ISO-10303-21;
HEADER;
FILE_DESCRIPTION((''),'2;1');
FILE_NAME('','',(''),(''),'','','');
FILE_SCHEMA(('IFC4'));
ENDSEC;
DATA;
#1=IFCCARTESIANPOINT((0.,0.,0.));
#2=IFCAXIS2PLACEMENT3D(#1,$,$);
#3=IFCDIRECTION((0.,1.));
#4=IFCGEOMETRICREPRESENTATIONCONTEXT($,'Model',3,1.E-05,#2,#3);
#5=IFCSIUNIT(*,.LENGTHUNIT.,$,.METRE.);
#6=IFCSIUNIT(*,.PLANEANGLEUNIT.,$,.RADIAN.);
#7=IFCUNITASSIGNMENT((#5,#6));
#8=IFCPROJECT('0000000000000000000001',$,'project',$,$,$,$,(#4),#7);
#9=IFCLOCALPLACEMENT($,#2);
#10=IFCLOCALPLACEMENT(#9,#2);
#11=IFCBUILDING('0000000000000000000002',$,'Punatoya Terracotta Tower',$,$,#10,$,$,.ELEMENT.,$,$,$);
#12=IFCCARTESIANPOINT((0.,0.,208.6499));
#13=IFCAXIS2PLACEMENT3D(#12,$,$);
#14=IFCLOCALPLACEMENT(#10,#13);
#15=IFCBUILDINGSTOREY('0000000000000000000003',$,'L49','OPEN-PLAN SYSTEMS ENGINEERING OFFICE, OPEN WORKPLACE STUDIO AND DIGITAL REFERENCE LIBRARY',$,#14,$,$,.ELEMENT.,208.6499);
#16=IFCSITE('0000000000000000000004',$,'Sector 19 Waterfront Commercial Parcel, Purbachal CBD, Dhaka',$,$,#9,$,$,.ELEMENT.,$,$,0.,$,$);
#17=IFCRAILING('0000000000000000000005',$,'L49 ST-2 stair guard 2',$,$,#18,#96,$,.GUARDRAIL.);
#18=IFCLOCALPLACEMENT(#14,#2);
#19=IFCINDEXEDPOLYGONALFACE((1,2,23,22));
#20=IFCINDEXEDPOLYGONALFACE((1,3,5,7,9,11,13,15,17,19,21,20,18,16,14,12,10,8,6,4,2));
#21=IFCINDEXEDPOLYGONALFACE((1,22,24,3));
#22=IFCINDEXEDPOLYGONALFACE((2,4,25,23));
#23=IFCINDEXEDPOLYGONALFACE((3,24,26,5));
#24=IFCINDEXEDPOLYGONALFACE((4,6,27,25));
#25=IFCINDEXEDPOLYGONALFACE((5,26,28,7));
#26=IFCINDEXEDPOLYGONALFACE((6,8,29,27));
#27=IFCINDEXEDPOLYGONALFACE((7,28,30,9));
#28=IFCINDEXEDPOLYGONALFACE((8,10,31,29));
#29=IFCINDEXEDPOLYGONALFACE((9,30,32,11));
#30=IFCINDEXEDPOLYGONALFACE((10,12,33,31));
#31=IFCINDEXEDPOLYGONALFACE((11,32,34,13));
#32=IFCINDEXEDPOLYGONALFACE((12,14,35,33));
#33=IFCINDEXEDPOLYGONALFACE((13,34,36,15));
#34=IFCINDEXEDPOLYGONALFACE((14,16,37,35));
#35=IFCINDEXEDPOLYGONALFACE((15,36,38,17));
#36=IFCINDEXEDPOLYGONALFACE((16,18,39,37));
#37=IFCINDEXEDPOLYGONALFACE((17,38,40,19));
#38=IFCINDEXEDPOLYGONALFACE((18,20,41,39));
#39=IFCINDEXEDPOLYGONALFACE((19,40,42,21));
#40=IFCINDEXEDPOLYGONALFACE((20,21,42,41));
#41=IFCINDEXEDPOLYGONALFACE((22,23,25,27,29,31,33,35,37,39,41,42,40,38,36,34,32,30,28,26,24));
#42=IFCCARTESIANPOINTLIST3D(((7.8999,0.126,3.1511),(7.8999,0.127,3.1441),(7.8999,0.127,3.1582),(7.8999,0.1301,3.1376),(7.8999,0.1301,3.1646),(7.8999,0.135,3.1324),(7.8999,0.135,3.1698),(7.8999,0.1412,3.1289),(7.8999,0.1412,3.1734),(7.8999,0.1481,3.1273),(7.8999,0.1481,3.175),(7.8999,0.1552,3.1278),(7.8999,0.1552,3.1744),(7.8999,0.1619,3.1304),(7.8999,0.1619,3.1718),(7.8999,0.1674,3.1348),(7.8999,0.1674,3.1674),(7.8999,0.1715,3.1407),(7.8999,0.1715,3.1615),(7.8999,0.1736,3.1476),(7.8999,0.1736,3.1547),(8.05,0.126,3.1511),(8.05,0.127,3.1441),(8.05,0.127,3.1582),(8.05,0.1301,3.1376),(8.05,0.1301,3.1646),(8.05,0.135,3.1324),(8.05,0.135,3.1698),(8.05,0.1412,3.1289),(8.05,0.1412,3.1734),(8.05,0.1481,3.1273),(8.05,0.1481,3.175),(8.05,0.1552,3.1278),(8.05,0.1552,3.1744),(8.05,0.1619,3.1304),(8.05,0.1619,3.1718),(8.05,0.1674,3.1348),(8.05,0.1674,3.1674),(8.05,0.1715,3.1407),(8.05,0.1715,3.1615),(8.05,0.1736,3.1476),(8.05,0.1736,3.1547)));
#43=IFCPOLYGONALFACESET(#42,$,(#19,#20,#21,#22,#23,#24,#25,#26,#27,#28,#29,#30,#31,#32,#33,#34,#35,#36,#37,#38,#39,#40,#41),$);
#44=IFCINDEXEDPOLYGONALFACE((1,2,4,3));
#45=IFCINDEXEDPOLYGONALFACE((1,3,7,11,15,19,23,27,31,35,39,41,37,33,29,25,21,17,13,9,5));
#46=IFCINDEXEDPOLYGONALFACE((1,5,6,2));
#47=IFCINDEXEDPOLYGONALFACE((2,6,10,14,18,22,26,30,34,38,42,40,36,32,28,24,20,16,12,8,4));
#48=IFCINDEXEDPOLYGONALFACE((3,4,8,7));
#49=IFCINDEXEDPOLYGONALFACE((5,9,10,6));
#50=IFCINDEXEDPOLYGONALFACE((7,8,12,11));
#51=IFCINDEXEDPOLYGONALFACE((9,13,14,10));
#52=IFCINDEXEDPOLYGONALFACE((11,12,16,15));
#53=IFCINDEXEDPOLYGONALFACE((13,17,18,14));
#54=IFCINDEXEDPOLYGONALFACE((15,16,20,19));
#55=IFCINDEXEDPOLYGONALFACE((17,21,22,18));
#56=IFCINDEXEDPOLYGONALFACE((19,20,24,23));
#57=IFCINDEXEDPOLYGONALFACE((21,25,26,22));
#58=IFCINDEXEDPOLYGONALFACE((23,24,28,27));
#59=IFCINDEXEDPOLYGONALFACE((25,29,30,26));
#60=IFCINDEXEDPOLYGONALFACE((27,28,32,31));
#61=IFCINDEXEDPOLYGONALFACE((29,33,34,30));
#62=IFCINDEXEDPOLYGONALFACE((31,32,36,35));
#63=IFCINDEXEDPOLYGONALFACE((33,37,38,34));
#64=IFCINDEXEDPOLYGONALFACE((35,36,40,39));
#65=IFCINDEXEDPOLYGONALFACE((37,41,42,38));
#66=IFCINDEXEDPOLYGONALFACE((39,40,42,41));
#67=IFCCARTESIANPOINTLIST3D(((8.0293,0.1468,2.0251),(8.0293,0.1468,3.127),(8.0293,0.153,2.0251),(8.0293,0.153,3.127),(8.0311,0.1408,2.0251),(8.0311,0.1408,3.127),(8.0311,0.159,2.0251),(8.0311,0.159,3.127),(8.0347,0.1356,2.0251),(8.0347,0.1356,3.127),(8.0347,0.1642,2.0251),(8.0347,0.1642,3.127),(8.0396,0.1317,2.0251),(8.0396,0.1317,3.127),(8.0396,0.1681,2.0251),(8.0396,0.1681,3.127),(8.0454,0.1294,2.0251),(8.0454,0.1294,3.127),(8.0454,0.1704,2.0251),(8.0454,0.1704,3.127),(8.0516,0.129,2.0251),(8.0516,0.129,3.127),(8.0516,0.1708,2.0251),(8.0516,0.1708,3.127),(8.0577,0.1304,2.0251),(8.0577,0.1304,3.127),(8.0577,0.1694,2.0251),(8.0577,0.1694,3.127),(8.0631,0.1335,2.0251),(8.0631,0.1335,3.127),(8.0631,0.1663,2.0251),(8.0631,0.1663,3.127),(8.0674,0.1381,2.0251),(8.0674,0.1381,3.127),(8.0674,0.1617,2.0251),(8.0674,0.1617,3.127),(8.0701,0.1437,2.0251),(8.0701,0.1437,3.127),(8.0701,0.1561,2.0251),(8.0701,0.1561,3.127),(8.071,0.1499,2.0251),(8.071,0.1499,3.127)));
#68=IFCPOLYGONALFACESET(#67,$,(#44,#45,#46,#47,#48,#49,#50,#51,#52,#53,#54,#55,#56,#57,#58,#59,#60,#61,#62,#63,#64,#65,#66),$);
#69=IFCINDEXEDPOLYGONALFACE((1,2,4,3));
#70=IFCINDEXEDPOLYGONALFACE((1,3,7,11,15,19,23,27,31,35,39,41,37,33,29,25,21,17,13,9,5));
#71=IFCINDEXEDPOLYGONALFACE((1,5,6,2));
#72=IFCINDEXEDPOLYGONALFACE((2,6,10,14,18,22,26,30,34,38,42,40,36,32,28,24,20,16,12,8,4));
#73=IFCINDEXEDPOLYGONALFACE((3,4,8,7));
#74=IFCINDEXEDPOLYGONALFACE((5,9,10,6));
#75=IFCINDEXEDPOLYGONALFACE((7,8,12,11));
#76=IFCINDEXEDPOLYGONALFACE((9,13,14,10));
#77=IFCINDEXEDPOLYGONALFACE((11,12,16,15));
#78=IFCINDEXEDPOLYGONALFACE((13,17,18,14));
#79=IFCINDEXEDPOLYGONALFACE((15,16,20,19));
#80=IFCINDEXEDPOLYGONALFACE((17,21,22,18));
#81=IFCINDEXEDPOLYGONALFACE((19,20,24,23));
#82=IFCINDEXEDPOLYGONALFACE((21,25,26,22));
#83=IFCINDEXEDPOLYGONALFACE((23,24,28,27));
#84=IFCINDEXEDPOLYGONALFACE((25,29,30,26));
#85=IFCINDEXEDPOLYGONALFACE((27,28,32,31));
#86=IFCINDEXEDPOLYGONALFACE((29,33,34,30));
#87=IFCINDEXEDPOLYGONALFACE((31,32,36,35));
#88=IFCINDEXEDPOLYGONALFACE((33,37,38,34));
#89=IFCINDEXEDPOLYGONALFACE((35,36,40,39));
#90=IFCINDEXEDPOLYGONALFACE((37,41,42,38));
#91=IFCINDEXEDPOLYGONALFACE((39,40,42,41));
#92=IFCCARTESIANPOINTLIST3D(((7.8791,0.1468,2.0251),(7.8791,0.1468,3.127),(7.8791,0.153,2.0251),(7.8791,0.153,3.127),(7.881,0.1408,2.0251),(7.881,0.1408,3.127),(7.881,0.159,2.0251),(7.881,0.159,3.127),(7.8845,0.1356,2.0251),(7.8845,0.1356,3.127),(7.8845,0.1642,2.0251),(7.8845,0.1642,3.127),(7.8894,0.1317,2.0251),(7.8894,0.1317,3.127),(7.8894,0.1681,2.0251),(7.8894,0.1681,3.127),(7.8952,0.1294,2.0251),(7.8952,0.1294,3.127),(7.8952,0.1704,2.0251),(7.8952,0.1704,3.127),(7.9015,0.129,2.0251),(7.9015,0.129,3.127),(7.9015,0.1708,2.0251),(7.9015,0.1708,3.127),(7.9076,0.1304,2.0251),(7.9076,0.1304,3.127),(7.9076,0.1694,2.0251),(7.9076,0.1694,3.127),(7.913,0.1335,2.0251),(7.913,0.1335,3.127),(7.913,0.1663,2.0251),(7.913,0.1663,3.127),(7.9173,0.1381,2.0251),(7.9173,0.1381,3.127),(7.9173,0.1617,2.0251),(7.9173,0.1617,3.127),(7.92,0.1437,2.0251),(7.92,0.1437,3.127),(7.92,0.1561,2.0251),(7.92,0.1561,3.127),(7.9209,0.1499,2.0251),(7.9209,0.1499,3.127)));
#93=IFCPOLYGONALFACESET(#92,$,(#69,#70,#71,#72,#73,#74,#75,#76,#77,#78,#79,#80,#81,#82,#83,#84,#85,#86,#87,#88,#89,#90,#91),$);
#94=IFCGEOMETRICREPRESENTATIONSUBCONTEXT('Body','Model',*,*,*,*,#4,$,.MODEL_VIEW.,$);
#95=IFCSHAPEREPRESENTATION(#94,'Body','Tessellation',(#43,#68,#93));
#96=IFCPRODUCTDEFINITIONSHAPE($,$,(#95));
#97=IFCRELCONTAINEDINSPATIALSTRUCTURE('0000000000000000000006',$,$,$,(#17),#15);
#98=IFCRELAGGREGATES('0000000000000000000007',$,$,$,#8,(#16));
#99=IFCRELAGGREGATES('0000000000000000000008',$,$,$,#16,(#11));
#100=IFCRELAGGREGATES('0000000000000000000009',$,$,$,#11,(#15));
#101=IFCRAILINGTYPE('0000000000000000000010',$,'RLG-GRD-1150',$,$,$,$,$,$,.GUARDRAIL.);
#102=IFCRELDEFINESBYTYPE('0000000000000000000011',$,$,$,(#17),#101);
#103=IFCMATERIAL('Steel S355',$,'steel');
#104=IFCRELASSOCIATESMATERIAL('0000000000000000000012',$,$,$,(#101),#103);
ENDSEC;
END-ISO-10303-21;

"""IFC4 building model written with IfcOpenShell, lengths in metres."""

from ifc_helpers import new_model, si_unit, direction, frame, origin, origin_2d, place, context, subcontext, project, spatial, circle, extrude, material, type_object, element, save


model = new_model("IFC4")

# Units and contexts
model_context = context("Model", 3, precision=1e-05, world=origin(), true_north=direction((0.0, 1.0)))
body_context = subcontext(model_context, "Body", "Model", "MODEL_VIEW")
ifc_project = project(units=[si_unit("LENGTHUNIT", "METRE"), si_unit("PLANEANGLEUNIT", "RADIAN")], contexts=[model_context])

# Site, building, storey
site_placement = place(None, origin())
site = spatial("IfcSite", under=ifc_project, at=site_placement, Name="Sector 19 Waterfront Commercial Parcel, Purbachal CBD, Dhaka", CompositionType="ELEMENT", RefElevation=0.0)
building_placement = place(site_placement, origin())
building = spatial("IfcBuilding", under=site, at=building_placement, Name="Punatoya Terracotta Tower", CompositionType="ELEMENT")
storey_placement = place(building_placement, frame((0.0, 0.0, 208.6499)))
storey = spatial("IfcBuildingStorey", under=building, at=storey_placement, Name="L49", Description="OPEN-PLAN SYSTEMS ENGINEERING OFFICE, OPEN WORKPLACE STUDIO AND DIGITAL REFERENCE LIBRARY", CompositionType="ELEMENT", Elevation=208.6499)

# Shared definitions
ifc_material_1 = material(Name="Steel S355", Category="steel")

# Railing
railing_type_1 = type_object("IfcRailingType", Name="RLG-GRD-1150", PredefinedType="GUARDRAIL", material=ifc_material_1)
railing_1_placement = place(storey_placement, frame((8.05, 0.1499, 2.0251)))
element("IfcRailing", 1, at=railing_1_placement, inside=storey, type_object=railing_type_1, Name="L49 ST-2 stair guard 2", PredefinedType="GUARDRAIL", context=body_context, shape_type="SweptSolid", body=[
    extrude(circle(Radius=0.0239, at=origin_2d()), frame((0.0, 0.0, 1.126), z_axis=(-1.0, 0.0, 0.0), x_axis=(0.0, -1.0, 0.0)), (0.0, 0.0, 1.0), 0.1501),
    extrude(circle(Radius=0.021, at=origin_2d()), origin(), (0.0, 0.0, 1.0), 1.1018),
    extrude(circle(Radius=0.021, at=origin_2d()), frame((-0.1501, 0.0, 0.0)), (0.0, 0.0, 1.0), 1.1018),
])

save(model, "model.ifc")
